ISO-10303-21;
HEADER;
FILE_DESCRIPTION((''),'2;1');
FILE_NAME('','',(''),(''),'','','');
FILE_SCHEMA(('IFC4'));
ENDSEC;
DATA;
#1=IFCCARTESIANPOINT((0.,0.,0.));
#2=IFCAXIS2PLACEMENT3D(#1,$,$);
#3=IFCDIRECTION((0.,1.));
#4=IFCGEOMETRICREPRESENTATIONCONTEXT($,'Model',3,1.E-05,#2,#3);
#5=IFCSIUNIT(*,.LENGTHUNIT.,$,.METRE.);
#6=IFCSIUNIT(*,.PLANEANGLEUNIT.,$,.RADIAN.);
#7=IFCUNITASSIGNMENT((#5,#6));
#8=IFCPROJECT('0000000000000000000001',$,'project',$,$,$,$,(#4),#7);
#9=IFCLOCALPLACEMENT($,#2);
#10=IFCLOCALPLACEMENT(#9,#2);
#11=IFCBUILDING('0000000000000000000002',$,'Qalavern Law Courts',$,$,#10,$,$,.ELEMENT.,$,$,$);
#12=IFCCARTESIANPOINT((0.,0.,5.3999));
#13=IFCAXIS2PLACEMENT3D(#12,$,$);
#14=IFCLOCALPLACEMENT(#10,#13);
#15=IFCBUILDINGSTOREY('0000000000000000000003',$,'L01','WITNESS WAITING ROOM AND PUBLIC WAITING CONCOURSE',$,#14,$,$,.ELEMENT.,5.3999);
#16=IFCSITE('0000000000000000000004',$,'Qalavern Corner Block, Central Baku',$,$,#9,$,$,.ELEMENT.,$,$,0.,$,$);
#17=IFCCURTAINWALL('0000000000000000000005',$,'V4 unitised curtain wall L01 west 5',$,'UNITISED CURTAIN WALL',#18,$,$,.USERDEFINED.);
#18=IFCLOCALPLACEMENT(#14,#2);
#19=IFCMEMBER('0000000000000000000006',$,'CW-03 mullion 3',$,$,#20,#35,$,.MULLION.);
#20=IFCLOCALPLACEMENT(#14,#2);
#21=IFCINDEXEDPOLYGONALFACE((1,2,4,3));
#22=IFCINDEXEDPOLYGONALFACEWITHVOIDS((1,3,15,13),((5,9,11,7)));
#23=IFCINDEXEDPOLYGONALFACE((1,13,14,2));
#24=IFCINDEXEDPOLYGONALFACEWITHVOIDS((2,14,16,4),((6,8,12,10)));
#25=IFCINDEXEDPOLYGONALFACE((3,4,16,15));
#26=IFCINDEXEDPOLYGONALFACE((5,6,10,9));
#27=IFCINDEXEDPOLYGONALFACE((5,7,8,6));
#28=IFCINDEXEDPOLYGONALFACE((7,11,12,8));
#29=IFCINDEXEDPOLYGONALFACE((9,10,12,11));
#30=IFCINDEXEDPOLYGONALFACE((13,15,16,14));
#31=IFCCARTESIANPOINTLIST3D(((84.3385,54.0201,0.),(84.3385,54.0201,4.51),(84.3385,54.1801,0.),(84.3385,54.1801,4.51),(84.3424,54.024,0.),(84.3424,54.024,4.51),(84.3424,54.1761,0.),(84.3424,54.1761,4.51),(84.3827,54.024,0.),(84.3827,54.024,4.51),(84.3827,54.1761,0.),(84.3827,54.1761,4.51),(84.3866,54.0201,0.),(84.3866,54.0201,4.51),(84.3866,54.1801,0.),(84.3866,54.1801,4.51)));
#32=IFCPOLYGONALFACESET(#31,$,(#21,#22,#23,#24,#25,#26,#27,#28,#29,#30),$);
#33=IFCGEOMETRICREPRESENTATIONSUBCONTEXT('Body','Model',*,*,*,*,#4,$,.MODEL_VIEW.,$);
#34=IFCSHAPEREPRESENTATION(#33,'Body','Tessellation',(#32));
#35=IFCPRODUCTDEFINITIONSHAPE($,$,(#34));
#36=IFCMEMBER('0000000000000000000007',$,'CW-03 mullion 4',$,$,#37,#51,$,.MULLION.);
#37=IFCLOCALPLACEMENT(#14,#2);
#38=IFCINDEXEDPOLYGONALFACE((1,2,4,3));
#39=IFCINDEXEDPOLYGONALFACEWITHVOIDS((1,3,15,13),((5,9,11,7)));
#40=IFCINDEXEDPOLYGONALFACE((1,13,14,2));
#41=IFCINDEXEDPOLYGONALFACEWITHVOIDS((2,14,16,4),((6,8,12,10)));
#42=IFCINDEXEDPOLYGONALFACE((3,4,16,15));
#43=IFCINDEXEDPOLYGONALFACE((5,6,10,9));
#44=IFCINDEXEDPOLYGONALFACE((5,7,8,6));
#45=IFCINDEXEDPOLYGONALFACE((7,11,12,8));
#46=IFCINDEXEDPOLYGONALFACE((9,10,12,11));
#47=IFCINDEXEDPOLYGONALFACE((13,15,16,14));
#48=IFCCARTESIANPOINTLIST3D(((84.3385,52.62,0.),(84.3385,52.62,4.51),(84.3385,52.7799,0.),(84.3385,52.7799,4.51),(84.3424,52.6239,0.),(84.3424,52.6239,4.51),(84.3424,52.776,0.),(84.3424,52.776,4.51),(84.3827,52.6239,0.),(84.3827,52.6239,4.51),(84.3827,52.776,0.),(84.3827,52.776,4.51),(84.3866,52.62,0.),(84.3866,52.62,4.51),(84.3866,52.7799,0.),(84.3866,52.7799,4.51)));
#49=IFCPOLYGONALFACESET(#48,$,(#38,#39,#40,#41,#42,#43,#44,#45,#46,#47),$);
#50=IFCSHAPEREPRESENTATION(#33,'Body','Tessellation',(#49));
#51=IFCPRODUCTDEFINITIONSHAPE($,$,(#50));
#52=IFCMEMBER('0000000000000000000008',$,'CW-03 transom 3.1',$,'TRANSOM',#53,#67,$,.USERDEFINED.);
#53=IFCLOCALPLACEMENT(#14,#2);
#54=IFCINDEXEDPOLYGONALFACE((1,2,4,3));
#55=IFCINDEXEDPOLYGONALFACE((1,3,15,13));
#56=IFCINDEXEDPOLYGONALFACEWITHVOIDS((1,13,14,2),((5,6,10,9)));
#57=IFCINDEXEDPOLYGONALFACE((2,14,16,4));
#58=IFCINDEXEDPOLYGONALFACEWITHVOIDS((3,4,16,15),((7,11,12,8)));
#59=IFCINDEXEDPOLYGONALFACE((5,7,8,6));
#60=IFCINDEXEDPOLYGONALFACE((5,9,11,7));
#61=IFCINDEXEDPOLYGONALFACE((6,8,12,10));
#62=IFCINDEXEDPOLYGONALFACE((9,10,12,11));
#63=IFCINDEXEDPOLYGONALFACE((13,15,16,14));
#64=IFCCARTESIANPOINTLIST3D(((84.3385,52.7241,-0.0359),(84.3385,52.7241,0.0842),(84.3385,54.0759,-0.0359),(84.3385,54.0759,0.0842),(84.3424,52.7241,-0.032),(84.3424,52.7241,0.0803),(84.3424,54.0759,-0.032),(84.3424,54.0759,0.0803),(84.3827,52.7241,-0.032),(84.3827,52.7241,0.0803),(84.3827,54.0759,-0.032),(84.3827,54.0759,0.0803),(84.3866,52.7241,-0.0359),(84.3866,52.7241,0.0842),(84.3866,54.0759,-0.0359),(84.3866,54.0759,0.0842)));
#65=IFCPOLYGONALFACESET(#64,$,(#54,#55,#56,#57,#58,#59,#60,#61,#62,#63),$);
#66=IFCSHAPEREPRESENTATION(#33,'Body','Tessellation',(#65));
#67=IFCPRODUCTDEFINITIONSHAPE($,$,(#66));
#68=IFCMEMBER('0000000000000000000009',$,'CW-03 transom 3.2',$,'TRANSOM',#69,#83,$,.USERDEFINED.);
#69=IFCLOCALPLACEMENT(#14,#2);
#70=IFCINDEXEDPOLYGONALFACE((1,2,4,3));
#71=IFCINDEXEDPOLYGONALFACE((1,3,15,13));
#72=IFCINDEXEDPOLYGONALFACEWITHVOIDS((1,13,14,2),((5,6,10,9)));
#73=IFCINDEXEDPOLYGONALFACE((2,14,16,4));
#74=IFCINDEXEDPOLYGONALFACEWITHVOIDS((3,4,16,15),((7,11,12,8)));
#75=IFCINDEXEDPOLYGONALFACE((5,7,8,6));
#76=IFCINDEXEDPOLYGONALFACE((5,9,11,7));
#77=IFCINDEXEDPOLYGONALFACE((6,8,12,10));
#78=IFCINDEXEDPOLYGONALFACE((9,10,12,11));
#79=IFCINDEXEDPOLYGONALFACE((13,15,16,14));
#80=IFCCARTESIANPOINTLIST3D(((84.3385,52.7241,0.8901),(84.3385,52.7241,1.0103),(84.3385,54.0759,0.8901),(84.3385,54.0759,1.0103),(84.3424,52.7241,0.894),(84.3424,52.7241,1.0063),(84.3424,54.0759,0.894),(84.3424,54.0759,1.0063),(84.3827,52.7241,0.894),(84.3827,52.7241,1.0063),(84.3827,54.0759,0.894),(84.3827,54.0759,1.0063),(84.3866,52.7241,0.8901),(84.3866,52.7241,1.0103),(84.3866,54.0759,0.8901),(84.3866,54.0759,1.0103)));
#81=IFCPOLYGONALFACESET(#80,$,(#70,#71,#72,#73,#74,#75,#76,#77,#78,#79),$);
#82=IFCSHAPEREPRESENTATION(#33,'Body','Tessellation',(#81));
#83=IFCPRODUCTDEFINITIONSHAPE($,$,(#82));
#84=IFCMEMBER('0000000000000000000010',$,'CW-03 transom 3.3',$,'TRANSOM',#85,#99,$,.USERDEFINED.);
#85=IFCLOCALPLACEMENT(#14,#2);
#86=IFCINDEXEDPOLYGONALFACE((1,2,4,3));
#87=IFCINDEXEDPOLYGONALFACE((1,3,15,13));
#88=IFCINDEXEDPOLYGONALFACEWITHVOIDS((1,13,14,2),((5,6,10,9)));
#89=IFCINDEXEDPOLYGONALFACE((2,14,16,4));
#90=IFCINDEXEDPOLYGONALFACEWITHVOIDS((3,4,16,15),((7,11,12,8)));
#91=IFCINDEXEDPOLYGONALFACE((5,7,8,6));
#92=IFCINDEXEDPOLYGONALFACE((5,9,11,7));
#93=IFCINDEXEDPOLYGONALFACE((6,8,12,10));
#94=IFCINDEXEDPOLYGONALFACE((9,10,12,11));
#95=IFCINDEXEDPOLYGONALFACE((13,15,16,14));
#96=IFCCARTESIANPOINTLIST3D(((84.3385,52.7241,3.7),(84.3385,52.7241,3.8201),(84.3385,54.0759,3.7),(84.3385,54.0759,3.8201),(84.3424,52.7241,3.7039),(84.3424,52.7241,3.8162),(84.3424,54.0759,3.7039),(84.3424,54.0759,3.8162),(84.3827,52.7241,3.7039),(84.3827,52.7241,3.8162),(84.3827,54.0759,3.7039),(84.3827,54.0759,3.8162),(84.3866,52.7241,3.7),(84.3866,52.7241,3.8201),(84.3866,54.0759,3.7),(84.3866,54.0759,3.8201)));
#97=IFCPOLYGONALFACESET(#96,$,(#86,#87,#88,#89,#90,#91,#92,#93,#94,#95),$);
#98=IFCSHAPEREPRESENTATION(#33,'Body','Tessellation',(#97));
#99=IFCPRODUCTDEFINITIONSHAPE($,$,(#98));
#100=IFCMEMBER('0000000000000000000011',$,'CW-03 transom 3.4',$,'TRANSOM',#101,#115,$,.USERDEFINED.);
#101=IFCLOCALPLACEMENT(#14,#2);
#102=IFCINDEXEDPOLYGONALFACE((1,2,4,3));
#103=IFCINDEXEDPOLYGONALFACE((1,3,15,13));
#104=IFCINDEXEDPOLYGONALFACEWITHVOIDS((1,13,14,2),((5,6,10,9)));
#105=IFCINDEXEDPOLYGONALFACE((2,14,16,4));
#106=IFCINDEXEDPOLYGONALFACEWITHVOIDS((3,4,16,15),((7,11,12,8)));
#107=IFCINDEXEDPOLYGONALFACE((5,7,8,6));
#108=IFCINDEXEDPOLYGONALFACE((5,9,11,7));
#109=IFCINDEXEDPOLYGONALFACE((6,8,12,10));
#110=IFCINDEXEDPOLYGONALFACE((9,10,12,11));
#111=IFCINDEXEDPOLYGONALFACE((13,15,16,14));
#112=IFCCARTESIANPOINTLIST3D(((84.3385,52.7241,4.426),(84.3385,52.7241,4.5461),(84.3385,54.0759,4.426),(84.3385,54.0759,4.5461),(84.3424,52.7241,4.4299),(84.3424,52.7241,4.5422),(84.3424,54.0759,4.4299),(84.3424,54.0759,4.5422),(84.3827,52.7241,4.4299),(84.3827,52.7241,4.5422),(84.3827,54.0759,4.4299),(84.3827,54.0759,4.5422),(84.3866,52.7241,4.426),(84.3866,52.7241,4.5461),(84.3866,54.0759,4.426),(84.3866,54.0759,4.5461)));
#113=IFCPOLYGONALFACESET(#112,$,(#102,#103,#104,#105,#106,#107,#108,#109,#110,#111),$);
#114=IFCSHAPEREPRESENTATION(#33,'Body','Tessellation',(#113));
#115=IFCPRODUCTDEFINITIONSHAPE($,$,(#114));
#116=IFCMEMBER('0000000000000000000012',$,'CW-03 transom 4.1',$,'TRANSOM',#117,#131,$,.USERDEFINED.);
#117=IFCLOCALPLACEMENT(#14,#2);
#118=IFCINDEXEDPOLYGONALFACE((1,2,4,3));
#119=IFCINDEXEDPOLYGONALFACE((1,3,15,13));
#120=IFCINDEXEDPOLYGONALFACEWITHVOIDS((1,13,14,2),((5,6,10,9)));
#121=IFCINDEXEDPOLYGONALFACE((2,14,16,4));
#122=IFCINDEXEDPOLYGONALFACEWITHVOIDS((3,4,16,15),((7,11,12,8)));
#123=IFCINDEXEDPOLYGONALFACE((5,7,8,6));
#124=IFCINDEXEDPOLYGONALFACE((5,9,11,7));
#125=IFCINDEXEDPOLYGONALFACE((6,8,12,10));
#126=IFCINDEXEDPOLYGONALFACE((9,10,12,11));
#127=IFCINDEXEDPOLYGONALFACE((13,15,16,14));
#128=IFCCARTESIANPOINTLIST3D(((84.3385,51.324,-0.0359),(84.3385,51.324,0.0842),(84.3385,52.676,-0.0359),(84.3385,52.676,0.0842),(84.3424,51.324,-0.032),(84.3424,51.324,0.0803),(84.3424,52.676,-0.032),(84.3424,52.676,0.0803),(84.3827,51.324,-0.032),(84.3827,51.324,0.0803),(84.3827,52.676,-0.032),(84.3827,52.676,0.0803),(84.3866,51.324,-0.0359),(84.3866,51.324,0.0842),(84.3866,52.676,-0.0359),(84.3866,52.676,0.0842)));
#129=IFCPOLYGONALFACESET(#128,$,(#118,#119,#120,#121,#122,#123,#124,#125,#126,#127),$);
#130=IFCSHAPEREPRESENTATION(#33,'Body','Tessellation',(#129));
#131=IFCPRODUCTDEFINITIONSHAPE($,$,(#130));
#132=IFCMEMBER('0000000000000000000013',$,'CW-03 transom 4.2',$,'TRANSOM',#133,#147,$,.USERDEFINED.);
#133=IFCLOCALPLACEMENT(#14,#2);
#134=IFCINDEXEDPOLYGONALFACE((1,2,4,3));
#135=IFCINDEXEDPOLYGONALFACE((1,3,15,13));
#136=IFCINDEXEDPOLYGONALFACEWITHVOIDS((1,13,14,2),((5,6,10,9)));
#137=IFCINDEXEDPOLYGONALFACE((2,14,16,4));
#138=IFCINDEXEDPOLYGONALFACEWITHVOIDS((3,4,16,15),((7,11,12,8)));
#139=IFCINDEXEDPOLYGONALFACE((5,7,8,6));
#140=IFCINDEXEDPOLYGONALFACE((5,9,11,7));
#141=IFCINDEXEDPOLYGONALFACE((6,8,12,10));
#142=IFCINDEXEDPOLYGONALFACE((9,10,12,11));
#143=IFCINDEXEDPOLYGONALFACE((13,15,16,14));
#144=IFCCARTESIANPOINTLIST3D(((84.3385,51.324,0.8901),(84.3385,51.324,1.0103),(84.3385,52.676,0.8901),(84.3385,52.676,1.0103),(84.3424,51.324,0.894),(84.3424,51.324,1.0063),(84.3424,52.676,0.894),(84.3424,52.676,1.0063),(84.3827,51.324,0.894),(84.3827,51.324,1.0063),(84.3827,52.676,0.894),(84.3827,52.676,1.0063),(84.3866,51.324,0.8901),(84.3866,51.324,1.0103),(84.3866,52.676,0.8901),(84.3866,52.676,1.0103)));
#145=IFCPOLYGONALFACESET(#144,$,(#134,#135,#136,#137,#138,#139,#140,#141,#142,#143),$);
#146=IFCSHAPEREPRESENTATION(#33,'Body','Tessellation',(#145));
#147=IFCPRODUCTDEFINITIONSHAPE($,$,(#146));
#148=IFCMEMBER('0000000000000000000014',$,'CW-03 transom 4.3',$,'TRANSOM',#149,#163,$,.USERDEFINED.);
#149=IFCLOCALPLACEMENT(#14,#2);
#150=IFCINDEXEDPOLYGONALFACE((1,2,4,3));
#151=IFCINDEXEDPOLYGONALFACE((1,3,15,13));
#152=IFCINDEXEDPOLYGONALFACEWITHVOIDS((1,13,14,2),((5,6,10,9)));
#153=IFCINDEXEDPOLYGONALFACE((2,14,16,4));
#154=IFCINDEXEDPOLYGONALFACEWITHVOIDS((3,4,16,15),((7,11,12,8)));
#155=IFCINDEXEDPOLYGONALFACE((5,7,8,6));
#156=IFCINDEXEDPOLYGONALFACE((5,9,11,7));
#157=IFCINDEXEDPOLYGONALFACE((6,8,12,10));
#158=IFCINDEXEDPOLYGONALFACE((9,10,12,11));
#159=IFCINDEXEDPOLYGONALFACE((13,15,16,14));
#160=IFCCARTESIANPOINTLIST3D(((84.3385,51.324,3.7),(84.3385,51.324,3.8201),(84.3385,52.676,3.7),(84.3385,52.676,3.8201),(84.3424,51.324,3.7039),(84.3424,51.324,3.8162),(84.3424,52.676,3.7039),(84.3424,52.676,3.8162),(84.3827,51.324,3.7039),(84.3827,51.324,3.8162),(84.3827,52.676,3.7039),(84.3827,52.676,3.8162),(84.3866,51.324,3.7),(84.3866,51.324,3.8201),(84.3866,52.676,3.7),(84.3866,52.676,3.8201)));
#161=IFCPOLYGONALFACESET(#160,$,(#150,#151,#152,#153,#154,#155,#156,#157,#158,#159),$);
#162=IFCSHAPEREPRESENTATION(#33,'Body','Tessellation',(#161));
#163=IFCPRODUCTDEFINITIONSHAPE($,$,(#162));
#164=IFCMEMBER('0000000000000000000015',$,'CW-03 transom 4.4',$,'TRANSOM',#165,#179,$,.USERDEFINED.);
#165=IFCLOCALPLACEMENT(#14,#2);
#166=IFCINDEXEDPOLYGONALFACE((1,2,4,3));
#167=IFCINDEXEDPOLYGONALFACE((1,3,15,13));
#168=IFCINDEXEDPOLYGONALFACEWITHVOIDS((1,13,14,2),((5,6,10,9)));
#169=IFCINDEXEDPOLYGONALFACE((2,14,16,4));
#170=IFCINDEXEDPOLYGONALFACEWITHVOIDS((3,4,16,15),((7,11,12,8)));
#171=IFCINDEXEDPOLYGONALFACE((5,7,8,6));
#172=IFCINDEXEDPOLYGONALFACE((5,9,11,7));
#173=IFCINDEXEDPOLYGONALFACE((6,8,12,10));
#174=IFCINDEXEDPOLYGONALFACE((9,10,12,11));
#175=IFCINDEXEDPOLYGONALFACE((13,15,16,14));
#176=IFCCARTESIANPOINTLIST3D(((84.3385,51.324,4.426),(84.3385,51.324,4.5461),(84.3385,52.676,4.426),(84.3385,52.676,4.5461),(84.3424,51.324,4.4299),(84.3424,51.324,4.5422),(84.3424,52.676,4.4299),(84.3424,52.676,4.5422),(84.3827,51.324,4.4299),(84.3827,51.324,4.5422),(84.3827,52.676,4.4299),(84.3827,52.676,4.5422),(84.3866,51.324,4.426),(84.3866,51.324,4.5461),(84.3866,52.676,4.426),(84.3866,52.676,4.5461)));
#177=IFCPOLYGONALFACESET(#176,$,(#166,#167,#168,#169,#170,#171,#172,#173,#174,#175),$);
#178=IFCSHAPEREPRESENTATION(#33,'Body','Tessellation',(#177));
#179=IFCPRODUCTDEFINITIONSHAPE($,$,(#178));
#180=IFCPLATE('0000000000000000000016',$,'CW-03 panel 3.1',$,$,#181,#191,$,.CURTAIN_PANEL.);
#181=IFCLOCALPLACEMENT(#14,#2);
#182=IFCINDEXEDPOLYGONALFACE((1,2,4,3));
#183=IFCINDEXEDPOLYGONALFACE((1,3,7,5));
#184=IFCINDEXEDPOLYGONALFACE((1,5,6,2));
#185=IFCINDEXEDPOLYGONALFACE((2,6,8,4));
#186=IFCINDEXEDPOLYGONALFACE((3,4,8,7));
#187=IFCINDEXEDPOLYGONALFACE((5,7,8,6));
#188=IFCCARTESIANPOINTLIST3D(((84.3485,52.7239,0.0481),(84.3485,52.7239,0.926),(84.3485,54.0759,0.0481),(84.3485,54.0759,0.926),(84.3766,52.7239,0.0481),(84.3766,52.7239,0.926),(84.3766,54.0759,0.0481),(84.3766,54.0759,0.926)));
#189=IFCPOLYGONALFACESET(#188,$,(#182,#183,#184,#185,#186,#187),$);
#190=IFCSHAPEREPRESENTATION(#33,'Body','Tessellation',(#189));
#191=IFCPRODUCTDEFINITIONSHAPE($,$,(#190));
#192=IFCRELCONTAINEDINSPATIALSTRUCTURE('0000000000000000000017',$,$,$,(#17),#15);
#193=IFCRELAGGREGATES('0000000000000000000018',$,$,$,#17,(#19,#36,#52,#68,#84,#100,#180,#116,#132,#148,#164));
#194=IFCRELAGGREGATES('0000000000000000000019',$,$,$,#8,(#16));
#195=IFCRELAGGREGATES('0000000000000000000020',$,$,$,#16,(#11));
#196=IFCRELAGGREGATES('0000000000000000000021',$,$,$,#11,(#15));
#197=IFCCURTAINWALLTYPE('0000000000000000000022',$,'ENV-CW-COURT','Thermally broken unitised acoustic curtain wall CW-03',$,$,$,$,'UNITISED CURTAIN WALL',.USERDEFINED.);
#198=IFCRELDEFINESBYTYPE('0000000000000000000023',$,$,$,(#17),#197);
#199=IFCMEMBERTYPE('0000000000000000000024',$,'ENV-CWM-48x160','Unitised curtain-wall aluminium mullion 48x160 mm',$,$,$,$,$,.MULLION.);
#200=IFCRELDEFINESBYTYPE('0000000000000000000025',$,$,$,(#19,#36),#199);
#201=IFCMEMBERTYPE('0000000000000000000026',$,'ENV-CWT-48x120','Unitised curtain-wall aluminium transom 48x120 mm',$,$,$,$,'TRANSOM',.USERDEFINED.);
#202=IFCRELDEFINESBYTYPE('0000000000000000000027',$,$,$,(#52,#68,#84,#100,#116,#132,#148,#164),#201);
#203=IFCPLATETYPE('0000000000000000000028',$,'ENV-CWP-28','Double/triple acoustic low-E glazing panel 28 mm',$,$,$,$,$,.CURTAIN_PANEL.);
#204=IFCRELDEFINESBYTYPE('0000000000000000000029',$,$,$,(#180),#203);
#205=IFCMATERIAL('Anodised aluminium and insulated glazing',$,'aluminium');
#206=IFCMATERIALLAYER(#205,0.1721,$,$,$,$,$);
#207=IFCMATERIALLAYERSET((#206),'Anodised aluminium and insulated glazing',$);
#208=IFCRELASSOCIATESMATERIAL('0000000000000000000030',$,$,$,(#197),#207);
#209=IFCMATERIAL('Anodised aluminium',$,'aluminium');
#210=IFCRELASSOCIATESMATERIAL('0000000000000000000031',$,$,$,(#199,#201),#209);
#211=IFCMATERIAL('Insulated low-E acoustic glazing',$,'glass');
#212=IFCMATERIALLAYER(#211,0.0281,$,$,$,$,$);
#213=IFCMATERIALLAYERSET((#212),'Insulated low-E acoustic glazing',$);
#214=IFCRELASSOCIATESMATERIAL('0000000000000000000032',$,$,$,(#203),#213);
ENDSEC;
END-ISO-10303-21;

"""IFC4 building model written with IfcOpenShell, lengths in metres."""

from ifc_helpers import new_model, si_unit, direction, frame, origin, origin_2d, place, context, subcontext, project, spatial, rectangle, hollow_rectangle, extrude, material, layer, layer_set, material_profile, profile_set, type_object, element, aggregate, save


model = new_model("IFC4")

# Units and contexts
model_context = context("Model", 3, precision=1e-05, world=origin(), true_north=direction((0.0, 1.0)))
body_context = subcontext(model_context, "Body", "Model", "MODEL_VIEW")
ifc_project = project(units=[si_unit("LENGTHUNIT", "METRE"), si_unit("PLANEANGLEUNIT", "RADIAN")], contexts=[model_context])

# Site, building, storey
site_placement = place(None, origin())
site = spatial("IfcSite", under=ifc_project, at=site_placement, Name="Qalavern Corner Block, Central Baku", CompositionType="ELEMENT", RefElevation=0.0)
building_placement = place(site_placement, origin())
building = spatial("IfcBuilding", under=site, at=building_placement, Name="Qalavern Law Courts", CompositionType="ELEMENT")
storey_placement = place(building_placement, frame((0.0, 0.0, 5.3999)))
storey = spatial("IfcBuildingStorey", under=building, at=storey_placement, Name="L01", Description="WITNESS WAITING ROOM AND PUBLIC WAITING CONCOURSE", CompositionType="ELEMENT", Elevation=5.3999)

# Curtain wall, members, plate
ifc_material_1 = material(Name="Anodised aluminium and insulated glazing", Category="aluminium")
ifc_layer_1 = layer(ifc_material_1, 0.1721)
ifc_layer_set_1 = layer_set([ifc_layer_1], Name="Anodised aluminium and insulated glazing")
curtain_wall_type = type_object("IfcCurtainWallType", Name="ENV-CW-COURT", Description="Thermally broken unitised acoustic curtain wall CW-03", ElementType="UNITISED CURTAIN WALL", PredefinedType="USERDEFINED", material=ifc_layer_set_1)
curtain_wall_placement = place(storey_placement, origin())
curtain_wall = element("IfcCurtainWall", 1, at=curtain_wall_placement, inside=storey, type_object=curtain_wall_type, Name="V4 unitised curtain wall L01 west 5", ObjectType="UNITISED CURTAIN WALL", PredefinedType="USERDEFINED")
ifc_material_2 = material(Name="Anodised aluminium", Category="aluminium")
ifc_material_profile_1 = material_profile(ifc_material_2, hollow_rectangle(XDim=0.0481, YDim=0.1599, WallThickness=0.0039, at=origin_2d()), Name="ALU MULLION 48x160")
ifc_profile_set_1 = profile_set([ifc_material_profile_1], Name="Anodised aluminium")
member_type_1 = type_object("IfcMemberType", Name="ENV-CWM-48x160", Description="Unitised curtain-wall aluminium mullion 48x160 mm", PredefinedType="MULLION", material=ifc_profile_set_1)
member_1_placement = place(storey_placement, frame((84.3625, 54.1001, 0.0), z_axis=(0.0, 0.0, 1.0), x_axis=(1.0, 0.0, 0.0)))
member_1 = element("IfcMember", 2, at=member_1_placement, type_object=member_type_1, Name="CW-03 mullion 3", PredefinedType="MULLION", context=body_context, shape_type="SweptSolid", body=[
    extrude(hollow_rectangle(XDim=0.0481, YDim=0.1599, WallThickness=0.0039, at=origin_2d()), origin(), (0.0, 0.0, 1.0), 4.51),
])
member_2_placement = place(storey_placement, frame((84.3625, 52.7, 0.0), z_axis=(0.0, 0.0, 1.0), x_axis=(1.0, 0.0, 0.0)))
member_2 = element("IfcMember", 3, at=member_2_placement, type_object=member_type_1, Name="CW-03 mullion 4", PredefinedType="MULLION", context=body_context, shape_type="SweptSolid", body=[
    extrude(hollow_rectangle(XDim=0.0481, YDim=0.1599, WallThickness=0.0039, at=origin_2d()), origin(), (0.0, 0.0, 1.0), 4.51),
])
ifc_material_profile_2 = material_profile(ifc_material_2, hollow_rectangle(XDim=0.0481, YDim=0.1201, WallThickness=0.0039, at=origin_2d()), Name="ALU TRANSOM 48x120")
ifc_profile_set_2 = profile_set([ifc_material_profile_2], Name="Anodised aluminium")
member_type_2 = type_object("IfcMemberType", Name="ENV-CWT-48x120", Description="Unitised curtain-wall aluminium transom 48x120 mm", ElementType="TRANSOM", PredefinedType="USERDEFINED", material=ifc_profile_set_2)
member_3_placement = place(storey_placement, frame((84.3625, 54.0759, 0.0242), z_axis=(0.0, -1.0, 0.0), x_axis=(1.0, 0.0, 0.0)))
member_3 = element("IfcMember", 4, at=member_3_placement, type_object=member_type_2, Name="CW-03 transom 3.1", ObjectType="TRANSOM", PredefinedType="USERDEFINED", context=body_context, shape_type="SweptSolid", body=[
    extrude(hollow_rectangle(XDim=0.0481, YDim=0.1201, WallThickness=0.0039, at=origin_2d()), origin(), (0.0, 0.0, 1.0), 1.3518),
])
member_4_placement = place(storey_placement, frame((84.3625, 54.0759, 0.9502), z_axis=(0.0, -1.0, 0.0), x_axis=(1.0, 0.0, 0.0)))
member_4 = element("IfcMember", 5, at=member_4_placement, type_object=member_type_2, Name="CW-03 transom 3.2", ObjectType="TRANSOM", PredefinedType="USERDEFINED", context=body_context, shape_type="SweptSolid", body=[
    extrude(hollow_rectangle(XDim=0.0481, YDim=0.1201, WallThickness=0.0039, at=origin_2d()), origin(), (0.0, 0.0, 1.0), 1.3518),
])
member_5_placement = place(storey_placement, frame((84.3625, 54.0759, 3.76), z_axis=(0.0, -1.0, 0.0), x_axis=(1.0, 0.0, 0.0)))
member_5 = element("IfcMember", 6, at=member_5_placement, type_object=member_type_2, Name="CW-03 transom 3.3", ObjectType="TRANSOM", PredefinedType="USERDEFINED", context=body_context, shape_type="SweptSolid", body=[
    extrude(hollow_rectangle(XDim=0.0481, YDim=0.1201, WallThickness=0.0039, at=origin_2d()), origin(), (0.0, 0.0, 1.0), 1.3518),
])
member_6_placement = place(storey_placement, frame((84.3625, 54.0759, 4.4861), z_axis=(0.0, -1.0, 0.0), x_axis=(1.0, 0.0, 0.0)))
member_6 = element("IfcMember", 7, at=member_6_placement, type_object=member_type_2, Name="CW-03 transom 3.4", ObjectType="TRANSOM", PredefinedType="USERDEFINED", context=body_context, shape_type="SweptSolid", body=[
    extrude(hollow_rectangle(XDim=0.0481, YDim=0.1201, WallThickness=0.0039, at=origin_2d()), origin(), (0.0, 0.0, 1.0), 1.3518),
])
member_7_placement = place(storey_placement, frame((84.3625, 52.676, 0.0242), z_axis=(0.0, -1.0, 0.0), x_axis=(1.0, 0.0, 0.0)))
member_7 = element("IfcMember", 8, at=member_7_placement, type_object=member_type_2, Name="CW-03 transom 4.1", ObjectType="TRANSOM", PredefinedType="USERDEFINED", context=body_context, shape_type="SweptSolid", body=[
    extrude(hollow_rectangle(XDim=0.0481, YDim=0.1201, WallThickness=0.0039, at=origin_2d()), origin(), (0.0, 0.0, 1.0), 1.3521),
])
member_8_placement = place(storey_placement, frame((84.3625, 52.676, 0.9502), z_axis=(0.0, -1.0, 0.0), x_axis=(1.0, 0.0, 0.0)))
member_8 = element("IfcMember", 9, at=member_8_placement, type_object=member_type_2, Name="CW-03 transom 4.2", ObjectType="TRANSOM", PredefinedType="USERDEFINED", context=body_context, shape_type="SweptSolid", body=[
    extrude(hollow_rectangle(XDim=0.0481, YDim=0.1201, WallThickness=0.0039, at=origin_2d()), origin(), (0.0, 0.0, 1.0), 1.3521),
])
member_9_placement = place(storey_placement, frame((84.3625, 52.676, 3.76), z_axis=(0.0, -1.0, 0.0), x_axis=(1.0, 0.0, 0.0)))
member_9 = element("IfcMember", 10, at=member_9_placement, type_object=member_type_2, Name="CW-03 transom 4.3", ObjectType="TRANSOM", PredefinedType="USERDEFINED", context=body_context, shape_type="SweptSolid", body=[
    extrude(hollow_rectangle(XDim=0.0481, YDim=0.1201, WallThickness=0.0039, at=origin_2d()), origin(), (0.0, 0.0, 1.0), 1.3521),
])
member_10_placement = place(storey_placement, frame((84.3625, 52.676, 4.4861), z_axis=(0.0, -1.0, 0.0), x_axis=(1.0, 0.0, 0.0)))
member_10 = element("IfcMember", 11, at=member_10_placement, type_object=member_type_2, Name="CW-03 transom 4.4", ObjectType="TRANSOM", PredefinedType="USERDEFINED", context=body_context, shape_type="SweptSolid", body=[
    extrude(hollow_rectangle(XDim=0.0481, YDim=0.1201, WallThickness=0.0039, at=origin_2d()), origin(), (0.0, 0.0, 1.0), 1.3521),
])
ifc_material_3 = material(Name="Insulated low-E acoustic glazing", Category="glass")
ifc_layer_2 = layer(ifc_material_3, 0.0281)
ifc_layer_set_2 = layer_set([ifc_layer_2], Name="Insulated low-E acoustic glazing")
plate_type = type_object("IfcPlateType", Name="ENV-CWP-28", Description="Double/triple acoustic low-E glazing panel 28 mm", PredefinedType="CURTAIN_PANEL", material=ifc_layer_set_2)
plate_1_placement = place(storey_placement, frame((84.3625, 53.3999, 0.0481), z_axis=(0.0, 0.0, 1.0), x_axis=(0.0, -1.0, 0.0)))
plate_1 = element("IfcPlate", 12, at=plate_1_placement, type_object=plate_type, Name="CW-03 panel 3.1", PredefinedType="CURTAIN_PANEL", context=body_context, shape_type="SweptSolid", body=[
    extrude(rectangle(XDim=1.3521, YDim=0.0281, at=origin_2d()), origin(), (0.0, 0.0, 1.0), 0.8779),
])
aggregate(curtain_wall, [member_1, member_2, member_3, member_4, member_5, member_6, plate_1, member_7, member_8, member_9, member_10])

save(model, "model.ifc")
